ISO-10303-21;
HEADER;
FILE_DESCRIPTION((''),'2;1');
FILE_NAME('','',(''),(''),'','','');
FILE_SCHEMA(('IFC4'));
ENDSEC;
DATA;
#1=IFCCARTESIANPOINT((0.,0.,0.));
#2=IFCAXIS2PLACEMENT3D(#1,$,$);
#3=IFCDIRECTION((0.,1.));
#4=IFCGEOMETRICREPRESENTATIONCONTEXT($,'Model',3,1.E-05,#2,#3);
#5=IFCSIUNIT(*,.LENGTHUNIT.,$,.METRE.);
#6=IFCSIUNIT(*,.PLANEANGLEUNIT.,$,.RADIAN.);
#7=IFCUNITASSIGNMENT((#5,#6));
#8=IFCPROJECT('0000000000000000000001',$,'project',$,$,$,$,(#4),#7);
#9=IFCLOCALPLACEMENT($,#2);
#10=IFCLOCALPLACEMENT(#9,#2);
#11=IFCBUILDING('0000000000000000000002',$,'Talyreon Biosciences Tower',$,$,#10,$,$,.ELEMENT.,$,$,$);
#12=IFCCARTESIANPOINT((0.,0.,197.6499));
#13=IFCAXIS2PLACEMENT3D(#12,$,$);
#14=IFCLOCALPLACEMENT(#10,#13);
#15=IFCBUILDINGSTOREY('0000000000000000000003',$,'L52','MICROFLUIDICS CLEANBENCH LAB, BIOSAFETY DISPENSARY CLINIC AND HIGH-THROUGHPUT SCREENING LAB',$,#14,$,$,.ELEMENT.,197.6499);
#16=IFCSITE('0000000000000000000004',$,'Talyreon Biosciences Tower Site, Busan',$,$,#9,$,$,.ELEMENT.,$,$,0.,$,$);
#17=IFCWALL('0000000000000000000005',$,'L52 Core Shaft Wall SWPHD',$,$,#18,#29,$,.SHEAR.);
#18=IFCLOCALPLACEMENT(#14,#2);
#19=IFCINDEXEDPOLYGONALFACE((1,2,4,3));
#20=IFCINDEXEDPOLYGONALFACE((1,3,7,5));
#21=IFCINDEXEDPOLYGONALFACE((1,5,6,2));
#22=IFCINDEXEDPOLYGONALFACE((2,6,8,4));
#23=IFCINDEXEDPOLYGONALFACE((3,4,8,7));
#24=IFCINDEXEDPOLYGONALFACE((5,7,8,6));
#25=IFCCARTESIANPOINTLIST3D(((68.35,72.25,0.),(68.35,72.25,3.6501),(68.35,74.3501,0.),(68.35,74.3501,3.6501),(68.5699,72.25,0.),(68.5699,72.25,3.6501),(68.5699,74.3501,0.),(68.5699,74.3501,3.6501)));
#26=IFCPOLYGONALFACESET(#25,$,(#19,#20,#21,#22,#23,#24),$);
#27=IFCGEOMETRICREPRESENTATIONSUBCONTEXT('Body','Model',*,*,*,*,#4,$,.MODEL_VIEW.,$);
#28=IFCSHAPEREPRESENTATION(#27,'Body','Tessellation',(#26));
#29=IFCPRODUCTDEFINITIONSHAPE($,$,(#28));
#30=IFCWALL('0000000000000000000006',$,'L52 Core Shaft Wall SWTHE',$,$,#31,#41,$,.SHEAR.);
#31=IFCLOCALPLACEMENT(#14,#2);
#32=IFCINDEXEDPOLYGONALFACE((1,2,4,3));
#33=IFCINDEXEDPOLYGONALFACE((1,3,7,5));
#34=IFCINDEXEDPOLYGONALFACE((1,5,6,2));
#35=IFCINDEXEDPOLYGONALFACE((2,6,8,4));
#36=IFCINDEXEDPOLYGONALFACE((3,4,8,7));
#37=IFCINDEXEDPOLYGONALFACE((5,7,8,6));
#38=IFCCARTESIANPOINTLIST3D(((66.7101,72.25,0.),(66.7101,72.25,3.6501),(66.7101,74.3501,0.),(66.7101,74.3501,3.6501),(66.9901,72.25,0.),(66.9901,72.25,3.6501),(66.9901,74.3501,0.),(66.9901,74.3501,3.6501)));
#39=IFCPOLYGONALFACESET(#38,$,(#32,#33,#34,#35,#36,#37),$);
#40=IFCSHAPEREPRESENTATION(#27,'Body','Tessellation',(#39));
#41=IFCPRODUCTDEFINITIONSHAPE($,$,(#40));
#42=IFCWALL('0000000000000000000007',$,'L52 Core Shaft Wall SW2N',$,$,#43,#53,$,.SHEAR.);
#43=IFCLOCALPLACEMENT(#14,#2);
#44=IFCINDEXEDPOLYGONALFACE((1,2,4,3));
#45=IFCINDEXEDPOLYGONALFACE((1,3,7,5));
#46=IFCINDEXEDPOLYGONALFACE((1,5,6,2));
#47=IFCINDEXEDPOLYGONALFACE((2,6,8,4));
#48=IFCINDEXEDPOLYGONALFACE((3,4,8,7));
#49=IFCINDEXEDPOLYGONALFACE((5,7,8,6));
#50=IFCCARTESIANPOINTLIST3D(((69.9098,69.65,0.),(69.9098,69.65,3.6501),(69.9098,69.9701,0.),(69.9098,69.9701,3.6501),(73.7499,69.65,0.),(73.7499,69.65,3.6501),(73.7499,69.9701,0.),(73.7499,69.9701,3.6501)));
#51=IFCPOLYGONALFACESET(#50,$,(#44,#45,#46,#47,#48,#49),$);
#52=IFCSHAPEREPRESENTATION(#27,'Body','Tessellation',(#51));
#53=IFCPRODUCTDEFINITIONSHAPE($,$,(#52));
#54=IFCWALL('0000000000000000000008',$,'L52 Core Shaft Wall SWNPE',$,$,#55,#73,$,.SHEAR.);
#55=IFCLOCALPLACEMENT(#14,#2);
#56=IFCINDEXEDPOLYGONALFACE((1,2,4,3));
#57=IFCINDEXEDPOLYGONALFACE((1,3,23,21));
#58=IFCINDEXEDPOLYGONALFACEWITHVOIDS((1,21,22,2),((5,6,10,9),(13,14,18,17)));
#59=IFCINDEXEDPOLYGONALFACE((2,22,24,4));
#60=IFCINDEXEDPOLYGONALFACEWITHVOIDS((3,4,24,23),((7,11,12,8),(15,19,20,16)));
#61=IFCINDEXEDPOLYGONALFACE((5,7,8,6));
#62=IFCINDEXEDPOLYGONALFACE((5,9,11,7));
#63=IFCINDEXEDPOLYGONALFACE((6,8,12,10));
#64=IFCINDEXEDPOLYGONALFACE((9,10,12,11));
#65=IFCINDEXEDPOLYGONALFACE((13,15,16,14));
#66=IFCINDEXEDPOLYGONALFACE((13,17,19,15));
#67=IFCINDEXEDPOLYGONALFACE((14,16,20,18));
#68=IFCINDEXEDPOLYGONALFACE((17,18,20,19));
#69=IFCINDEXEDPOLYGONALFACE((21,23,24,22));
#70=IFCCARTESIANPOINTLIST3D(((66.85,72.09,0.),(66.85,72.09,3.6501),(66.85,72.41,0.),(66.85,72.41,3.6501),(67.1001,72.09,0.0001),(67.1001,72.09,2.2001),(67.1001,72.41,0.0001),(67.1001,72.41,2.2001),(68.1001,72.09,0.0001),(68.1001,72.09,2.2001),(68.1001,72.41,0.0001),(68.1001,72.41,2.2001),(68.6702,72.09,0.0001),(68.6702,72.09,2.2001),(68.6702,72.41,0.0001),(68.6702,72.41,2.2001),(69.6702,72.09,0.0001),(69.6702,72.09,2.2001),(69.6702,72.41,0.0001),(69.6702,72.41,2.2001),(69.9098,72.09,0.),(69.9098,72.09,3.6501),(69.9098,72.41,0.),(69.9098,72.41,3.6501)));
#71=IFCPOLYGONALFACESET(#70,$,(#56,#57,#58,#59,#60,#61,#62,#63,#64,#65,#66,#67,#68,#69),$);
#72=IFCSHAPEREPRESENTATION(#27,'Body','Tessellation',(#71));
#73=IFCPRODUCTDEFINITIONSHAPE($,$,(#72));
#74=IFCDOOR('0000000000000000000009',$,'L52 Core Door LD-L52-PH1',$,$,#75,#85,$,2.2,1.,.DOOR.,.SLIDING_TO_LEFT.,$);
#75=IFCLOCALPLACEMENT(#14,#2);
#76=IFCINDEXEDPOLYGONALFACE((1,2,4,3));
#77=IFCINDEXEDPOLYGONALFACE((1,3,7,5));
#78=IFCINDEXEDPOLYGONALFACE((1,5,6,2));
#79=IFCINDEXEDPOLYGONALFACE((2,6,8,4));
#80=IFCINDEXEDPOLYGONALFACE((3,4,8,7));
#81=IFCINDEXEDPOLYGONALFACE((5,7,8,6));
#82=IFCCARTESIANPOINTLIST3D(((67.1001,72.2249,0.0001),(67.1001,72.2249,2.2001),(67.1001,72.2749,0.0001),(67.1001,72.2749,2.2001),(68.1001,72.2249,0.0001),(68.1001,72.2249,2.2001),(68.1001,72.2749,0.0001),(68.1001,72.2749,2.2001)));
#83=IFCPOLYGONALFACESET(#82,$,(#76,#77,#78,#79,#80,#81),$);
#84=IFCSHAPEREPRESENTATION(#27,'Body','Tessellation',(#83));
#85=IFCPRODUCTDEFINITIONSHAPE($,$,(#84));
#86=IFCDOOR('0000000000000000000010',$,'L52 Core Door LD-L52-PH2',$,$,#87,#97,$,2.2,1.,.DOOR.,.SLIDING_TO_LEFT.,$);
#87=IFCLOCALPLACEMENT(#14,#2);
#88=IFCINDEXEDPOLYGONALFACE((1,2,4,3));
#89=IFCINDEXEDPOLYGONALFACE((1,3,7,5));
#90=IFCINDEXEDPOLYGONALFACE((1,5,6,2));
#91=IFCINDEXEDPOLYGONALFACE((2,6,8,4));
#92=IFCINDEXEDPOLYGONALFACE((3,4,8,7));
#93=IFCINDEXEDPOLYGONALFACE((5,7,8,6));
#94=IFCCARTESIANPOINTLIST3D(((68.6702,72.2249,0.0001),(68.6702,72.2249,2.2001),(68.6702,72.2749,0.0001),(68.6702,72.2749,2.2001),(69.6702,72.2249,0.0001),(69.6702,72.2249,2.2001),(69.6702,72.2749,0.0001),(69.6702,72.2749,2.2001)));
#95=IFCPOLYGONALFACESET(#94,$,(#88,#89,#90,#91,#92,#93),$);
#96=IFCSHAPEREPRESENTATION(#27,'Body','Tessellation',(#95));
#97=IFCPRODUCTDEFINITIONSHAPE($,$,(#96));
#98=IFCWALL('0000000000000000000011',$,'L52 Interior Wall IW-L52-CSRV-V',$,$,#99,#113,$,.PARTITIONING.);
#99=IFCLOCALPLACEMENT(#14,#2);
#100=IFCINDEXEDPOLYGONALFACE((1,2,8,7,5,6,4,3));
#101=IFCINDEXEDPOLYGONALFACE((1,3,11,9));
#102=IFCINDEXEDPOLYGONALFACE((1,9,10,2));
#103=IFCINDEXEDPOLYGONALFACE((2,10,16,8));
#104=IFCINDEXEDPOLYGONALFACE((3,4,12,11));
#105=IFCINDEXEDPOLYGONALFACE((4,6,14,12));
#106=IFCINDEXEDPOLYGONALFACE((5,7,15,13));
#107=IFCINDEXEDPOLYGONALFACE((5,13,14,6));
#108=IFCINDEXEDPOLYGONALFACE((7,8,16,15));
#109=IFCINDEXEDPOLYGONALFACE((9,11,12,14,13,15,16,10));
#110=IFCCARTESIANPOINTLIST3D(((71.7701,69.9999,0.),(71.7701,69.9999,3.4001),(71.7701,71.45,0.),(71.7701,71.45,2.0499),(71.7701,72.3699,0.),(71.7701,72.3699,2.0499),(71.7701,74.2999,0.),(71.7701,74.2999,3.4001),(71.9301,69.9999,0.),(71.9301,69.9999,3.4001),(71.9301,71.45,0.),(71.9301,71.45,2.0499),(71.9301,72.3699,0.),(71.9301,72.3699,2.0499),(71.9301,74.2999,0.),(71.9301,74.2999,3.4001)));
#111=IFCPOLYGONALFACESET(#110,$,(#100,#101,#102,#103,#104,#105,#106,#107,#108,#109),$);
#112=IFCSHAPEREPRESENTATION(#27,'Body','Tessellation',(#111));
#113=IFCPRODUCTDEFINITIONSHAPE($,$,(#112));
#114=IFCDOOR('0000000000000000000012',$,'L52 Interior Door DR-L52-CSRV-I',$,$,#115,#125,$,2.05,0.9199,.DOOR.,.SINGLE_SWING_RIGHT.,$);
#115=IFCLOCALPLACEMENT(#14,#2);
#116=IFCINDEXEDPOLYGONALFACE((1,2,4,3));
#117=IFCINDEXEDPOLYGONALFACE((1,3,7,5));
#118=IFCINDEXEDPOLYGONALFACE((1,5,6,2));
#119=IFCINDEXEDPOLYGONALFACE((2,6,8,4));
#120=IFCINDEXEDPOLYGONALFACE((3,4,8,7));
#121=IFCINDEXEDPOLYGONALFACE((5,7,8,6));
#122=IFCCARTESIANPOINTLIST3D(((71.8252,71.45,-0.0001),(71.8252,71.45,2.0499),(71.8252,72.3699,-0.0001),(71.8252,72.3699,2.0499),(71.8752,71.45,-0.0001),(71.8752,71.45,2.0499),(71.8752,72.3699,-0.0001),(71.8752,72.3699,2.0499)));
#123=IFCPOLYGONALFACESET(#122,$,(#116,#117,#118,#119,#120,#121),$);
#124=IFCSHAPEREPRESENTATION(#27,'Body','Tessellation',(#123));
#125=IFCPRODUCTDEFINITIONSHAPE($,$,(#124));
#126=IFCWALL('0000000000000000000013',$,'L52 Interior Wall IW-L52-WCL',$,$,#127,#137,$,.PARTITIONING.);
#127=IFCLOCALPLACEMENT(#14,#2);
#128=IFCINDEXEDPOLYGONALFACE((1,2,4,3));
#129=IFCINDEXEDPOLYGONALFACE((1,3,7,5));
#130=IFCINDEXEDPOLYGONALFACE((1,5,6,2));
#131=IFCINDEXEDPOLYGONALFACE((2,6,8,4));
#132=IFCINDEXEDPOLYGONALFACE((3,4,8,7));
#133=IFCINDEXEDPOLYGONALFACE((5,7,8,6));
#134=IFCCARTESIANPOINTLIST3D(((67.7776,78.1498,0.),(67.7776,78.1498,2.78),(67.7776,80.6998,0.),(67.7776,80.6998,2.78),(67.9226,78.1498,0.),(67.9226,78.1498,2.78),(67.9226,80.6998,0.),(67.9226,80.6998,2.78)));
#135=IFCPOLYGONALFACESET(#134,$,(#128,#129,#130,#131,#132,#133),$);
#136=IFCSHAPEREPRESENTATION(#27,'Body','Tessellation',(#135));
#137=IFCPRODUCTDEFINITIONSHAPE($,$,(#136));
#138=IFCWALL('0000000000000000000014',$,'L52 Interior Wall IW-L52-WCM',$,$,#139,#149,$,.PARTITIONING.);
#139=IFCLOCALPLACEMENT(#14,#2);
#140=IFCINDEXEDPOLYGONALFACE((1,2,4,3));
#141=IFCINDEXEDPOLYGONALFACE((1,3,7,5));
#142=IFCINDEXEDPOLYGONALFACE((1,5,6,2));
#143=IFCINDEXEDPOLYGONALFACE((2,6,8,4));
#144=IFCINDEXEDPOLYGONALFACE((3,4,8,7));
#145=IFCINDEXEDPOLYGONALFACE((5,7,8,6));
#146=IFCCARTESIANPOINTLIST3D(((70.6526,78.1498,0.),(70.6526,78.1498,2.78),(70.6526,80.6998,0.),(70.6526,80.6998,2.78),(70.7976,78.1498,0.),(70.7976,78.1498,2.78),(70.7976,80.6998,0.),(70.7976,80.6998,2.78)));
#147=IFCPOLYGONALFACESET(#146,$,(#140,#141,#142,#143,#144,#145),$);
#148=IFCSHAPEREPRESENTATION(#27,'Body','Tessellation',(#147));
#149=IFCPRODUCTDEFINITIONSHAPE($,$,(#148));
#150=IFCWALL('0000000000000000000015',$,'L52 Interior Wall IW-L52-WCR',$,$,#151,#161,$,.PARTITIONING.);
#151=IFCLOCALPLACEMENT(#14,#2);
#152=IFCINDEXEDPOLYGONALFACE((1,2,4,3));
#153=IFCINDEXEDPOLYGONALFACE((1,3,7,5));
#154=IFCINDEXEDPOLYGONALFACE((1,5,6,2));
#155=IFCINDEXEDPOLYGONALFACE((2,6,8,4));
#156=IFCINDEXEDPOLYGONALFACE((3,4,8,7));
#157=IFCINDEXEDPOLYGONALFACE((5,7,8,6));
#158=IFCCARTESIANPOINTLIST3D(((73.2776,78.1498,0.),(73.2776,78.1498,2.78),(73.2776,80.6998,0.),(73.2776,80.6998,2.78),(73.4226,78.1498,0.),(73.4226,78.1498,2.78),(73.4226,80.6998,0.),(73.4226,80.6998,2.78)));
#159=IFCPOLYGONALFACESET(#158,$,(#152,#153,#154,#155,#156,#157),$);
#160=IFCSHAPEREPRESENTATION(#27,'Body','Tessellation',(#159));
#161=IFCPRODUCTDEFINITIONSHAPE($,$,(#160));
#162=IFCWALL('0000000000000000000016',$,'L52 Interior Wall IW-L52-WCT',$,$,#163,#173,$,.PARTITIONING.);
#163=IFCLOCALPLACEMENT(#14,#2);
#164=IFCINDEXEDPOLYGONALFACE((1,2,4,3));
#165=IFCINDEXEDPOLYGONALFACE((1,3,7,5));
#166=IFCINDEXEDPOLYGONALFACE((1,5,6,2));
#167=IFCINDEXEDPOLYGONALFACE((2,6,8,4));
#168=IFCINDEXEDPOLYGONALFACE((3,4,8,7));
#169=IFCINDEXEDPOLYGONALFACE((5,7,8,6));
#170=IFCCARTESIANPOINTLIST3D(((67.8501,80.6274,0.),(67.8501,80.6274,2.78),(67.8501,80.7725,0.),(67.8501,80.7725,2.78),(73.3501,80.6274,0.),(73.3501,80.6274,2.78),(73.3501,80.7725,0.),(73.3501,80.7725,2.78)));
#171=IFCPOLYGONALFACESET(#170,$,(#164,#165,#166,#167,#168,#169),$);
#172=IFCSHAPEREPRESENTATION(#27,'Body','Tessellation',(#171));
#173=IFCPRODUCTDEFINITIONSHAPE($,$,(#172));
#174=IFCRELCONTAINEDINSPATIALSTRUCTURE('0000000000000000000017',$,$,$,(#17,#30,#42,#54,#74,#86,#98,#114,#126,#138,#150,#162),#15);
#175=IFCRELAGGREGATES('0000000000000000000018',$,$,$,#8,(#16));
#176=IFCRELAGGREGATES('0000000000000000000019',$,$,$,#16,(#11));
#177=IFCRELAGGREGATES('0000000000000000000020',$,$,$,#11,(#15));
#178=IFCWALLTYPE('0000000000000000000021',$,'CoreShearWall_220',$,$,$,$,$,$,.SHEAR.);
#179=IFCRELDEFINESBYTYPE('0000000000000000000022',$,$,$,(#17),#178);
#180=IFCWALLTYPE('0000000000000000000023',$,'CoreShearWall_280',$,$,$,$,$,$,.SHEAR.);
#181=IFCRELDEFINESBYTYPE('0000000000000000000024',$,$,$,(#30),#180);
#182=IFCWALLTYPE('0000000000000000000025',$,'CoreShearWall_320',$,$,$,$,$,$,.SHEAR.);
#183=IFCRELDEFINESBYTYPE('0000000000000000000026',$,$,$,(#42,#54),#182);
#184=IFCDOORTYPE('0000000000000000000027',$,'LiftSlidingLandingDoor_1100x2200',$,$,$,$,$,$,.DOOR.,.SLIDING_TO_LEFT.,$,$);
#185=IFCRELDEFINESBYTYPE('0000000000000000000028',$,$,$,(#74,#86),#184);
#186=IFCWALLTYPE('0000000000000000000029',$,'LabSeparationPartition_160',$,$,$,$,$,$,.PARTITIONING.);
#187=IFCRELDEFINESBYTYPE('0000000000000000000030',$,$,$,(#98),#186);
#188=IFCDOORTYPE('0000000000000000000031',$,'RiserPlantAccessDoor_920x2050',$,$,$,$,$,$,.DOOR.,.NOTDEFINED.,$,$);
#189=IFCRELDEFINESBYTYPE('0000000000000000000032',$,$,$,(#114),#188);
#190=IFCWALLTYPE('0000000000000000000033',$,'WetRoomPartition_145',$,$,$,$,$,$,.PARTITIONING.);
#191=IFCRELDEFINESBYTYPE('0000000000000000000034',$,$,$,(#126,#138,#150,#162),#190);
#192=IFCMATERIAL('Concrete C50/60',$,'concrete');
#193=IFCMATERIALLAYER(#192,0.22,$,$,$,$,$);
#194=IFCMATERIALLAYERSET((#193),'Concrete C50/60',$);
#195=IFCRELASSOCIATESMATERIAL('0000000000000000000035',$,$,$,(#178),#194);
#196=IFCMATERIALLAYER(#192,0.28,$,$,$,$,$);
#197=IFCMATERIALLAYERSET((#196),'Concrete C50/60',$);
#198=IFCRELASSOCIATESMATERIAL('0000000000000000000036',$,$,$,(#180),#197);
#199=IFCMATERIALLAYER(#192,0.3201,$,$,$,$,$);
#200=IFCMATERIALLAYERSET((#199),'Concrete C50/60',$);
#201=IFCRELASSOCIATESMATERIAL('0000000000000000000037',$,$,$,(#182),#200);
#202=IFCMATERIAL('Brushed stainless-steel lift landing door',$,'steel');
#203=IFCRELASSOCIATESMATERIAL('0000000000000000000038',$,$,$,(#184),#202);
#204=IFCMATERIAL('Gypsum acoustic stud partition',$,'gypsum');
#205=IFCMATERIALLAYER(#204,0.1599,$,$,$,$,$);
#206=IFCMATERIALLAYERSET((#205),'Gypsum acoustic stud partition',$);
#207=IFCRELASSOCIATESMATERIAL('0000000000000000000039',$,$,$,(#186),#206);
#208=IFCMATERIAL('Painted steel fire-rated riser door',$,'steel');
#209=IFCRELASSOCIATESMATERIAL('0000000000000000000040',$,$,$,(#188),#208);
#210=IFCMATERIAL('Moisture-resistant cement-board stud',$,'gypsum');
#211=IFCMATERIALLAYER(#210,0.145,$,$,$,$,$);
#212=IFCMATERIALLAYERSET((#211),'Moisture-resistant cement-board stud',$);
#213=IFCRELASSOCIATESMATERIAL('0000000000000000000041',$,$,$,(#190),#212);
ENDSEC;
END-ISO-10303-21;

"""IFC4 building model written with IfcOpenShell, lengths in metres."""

from ifc_helpers import new_model, si_unit, direction, frame, frame_2d, origin, place, context, subcontext, project, spatial, rectangle, extrude, material, layer, layer_set, type_object, element, fill, save


model = new_model("IFC4")

# Units and contexts
model_context = context("Model", 3, precision=1e-05, world=origin(), true_north=direction((0.0, 1.0)))
body_context = subcontext(model_context, "Body", "Model", "MODEL_VIEW")
ifc_project = project(units=[si_unit("LENGTHUNIT", "METRE"), si_unit("PLANEANGLEUNIT", "RADIAN")], contexts=[model_context])

# Site, building, storey
site_placement = place(None, origin())
site = spatial("IfcSite", under=ifc_project, at=site_placement, Name="Talyreon Biosciences Tower Site, Busan", CompositionType="ELEMENT", RefElevation=0.0)
building_placement = place(site_placement, origin())
building = spatial("IfcBuilding", under=site, at=building_placement, Name="Talyreon Biosciences Tower", CompositionType="ELEMENT")
storey_placement = place(building_placement, frame((0.0, 0.0, 197.6499)))
storey = spatial("IfcBuildingStorey", under=building, at=storey_placement, Name="L52", Description="MICROFLUIDICS CLEANBENCH LAB, BIOSAFETY DISPENSARY CLINIC AND HIGH-THROUGHPUT SCREENING LAB", CompositionType="ELEMENT", Elevation=197.6499)

# Shared definitions
ifc_material_1 = material(Name="Concrete C50/60", Category="concrete")

# Walls
ifc_layer_1 = layer(ifc_material_1, 0.22)
ifc_layer_set_1 = layer_set([ifc_layer_1], Name="Concrete C50/60")
wall_type_1 = type_object("IfcWallType", Name="CoreShearWall_220", PredefinedType="SHEAR", material=ifc_layer_set_1)
wall_1_placement = place(storey_placement, frame((68.46, 72.25, 0.0), z_axis=(0.0, 0.0, 1.0), x_axis=(0.0, 1.0, 0.0)))
element("IfcWall", 1, at=wall_1_placement, inside=storey, type_object=wall_type_1, Name="L52 Core Shaft Wall SWPHD", PredefinedType="SHEAR", context=body_context, shape_type="SweptSolid", body=[
    extrude(rectangle(XDim=2.1001, YDim=0.22, at=frame_2d((1.05, 0.0))), origin(), (0.0, 0.0, 1.0), 3.6501),
])
ifc_layer_2 = layer(ifc_material_1, 0.28)
ifc_layer_set_2 = layer_set([ifc_layer_2], Name="Concrete C50/60")
wall_type_2 = type_object("IfcWallType", Name="CoreShearWall_280", PredefinedType="SHEAR", material=ifc_layer_set_2)
wall_2_placement = place(storey_placement, frame((66.8501, 72.25, 0.0), z_axis=(0.0, 0.0, 1.0), x_axis=(0.0, 1.0, 0.0)))
element("IfcWall", 2, at=wall_2_placement, inside=storey, type_object=wall_type_2, Name="L52 Core Shaft Wall SWTHE", PredefinedType="SHEAR", context=body_context, shape_type="SweptSolid", body=[
    extrude(rectangle(XDim=2.1001, YDim=0.28, at=frame_2d((1.05, 0.0))), origin(), (0.0, 0.0, 1.0), 3.6501),
])
ifc_layer_3 = layer(ifc_material_1, 0.3201)
ifc_layer_set_3 = layer_set([ifc_layer_3], Name="Concrete C50/60")
wall_type_3 = type_object("IfcWallType", Name="CoreShearWall_320", PredefinedType="SHEAR", material=ifc_layer_set_3)
wall_3_placement = place(storey_placement, frame((69.9099, 69.8101, 0.0), z_axis=(0.0, 0.0, 1.0), x_axis=(1.0, 0.0, 0.0)))
element("IfcWall", 3, at=wall_3_placement, inside=storey, type_object=wall_type_3, Name="L52 Core Shaft Wall SW2N", PredefinedType="SHEAR", context=body_context, shape_type="SweptSolid", body=[
    extrude(rectangle(XDim=3.8401, YDim=0.3201, at=frame_2d((1.9199, 0.0))), origin(), (0.0, 0.0, 1.0), 3.6501),
])

# Wall, openings, doors
wall_4_placement = place(storey_placement, frame((66.8501, 72.25, 0.0), z_axis=(0.0, 0.0, 1.0), x_axis=(1.0, 0.0, 0.0)))
wall_4 = element("IfcWall", 4, at=wall_4_placement, inside=storey, type_object=wall_type_3, Name="L52 Core Shaft Wall SWNPE", PredefinedType="SHEAR", context=body_context, shape_type="SweptSolid", body=[
    extrude(rectangle(XDim=3.0598, YDim=0.3201, at=frame_2d((1.5298, 0.0))), origin(), (0.0, 0.0, 1.0), 3.6501),
])
opening_1_placement = place(wall_4_placement, frame((0.25, 0.0, 0.0)))
opening_1 = element("IfcOpeningElement", 5, at=opening_1_placement, cuts=wall_4, PredefinedType="OPENING", context=body_context, shape_type="SweptSolid", body=[
    extrude(rectangle(XDim=1.0, YDim=2.2, at=frame_2d((0.5, 1.1001))), frame((0.0, 0.1699, 0.0), z_axis=(0.0, -1.0, 0.0), x_axis=(1.0, 0.0, 0.0)), (0.0, 0.0, 1.0), 0.3401),
])
opening_2_placement = place(wall_4_placement, frame((1.8201, 0.0, 0.0)))
opening_2 = element("IfcOpeningElement", 6, at=opening_2_placement, cuts=wall_4, PredefinedType="OPENING", context=body_context, shape_type="SweptSolid", body=[
    extrude(rectangle(XDim=1.0, YDim=2.2, at=frame_2d((0.5, 1.1001))), frame((0.0, 0.1699, 0.0), z_axis=(0.0, -1.0, 0.0), x_axis=(1.0, 0.0, 0.0)), (0.0, 0.0, 1.0), 0.3401),
])
ifc_material_2 = material(Name="Brushed stainless-steel lift landing door", Category="steel")
door_type_1 = type_object("IfcDoorType", Name="LiftSlidingLandingDoor_1100x2200", OperationType="SLIDING_TO_LEFT", PredefinedType="DOOR", material=ifc_material_2)
door_1_placement = place(opening_1_placement, origin())
door_1 = element("IfcDoor", 7, at=door_1_placement, inside=storey, type_object=door_type_1, Name="L52 Core Door LD-L52-PH1", OperationType="SLIDING_TO_LEFT", OverallHeight=2.2, OverallWidth=1.0, PredefinedType="DOOR", context=body_context, shape_type="SweptSolid", body=[
    extrude(rectangle(XDim=1.0, YDim=2.2, at=frame_2d((0.5, 1.1001))), frame((0.0, 0.0249, 0.0), z_axis=(0.0, -1.0, 0.0), x_axis=(1.0, 0.0, 0.0)), (0.0, 0.0, 1.0), 0.05),
])
fill(opening_1, door_1)
door_2_placement = place(opening_2_placement, origin())
door_2 = element("IfcDoor", 8, at=door_2_placement, inside=storey, type_object=door_type_1, Name="L52 Core Door LD-L52-PH2", OperationType="SLIDING_TO_LEFT", OverallHeight=2.2, OverallWidth=1.0, PredefinedType="DOOR", context=body_context, shape_type="SweptSolid", body=[
    extrude(rectangle(XDim=1.0, YDim=2.2, at=frame_2d((0.5, 1.1001))), frame((0.0, 0.0249, 0.0), z_axis=(0.0, -1.0, 0.0), x_axis=(1.0, 0.0, 0.0)), (0.0, 0.0, 1.0), 0.05),
])
fill(opening_2, door_2)

# Wall, opening, door
ifc_material_3 = material(Name="Gypsum acoustic stud partition", Category="gypsum")
ifc_layer_4 = layer(ifc_material_3, 0.1599)
ifc_layer_set_4 = layer_set([ifc_layer_4], Name="Gypsum acoustic stud partition")
wall_type_4 = type_object("IfcWallType", Name="LabSeparationPartition_160", PredefinedType="PARTITIONING", material=ifc_layer_set_4)
wall_5_placement = place(storey_placement, frame((71.8501, 70.0, 0.0), z_axis=(0.0, 0.0, 1.0), x_axis=(0.0, 1.0, 0.0)))
wall_5 = element("IfcWall", 9, at=wall_5_placement, inside=storey, type_object=wall_type_4, Name="L52 Interior Wall IW-L52-CSRV-V", PredefinedType="PARTITIONING", context=body_context, shape_type="SweptSolid", body=[
    extrude(rectangle(XDim=4.3, YDim=0.1599, at=frame_2d((2.1499, 0.0))), origin(), (0.0, 0.0, 1.0), 3.4001),
])
opening_3_placement = place(wall_5_placement, frame((1.45, 0.0, 0.0)))
opening_3 = element("IfcOpeningElement", 10, at=opening_3_placement, cuts=wall_5, PredefinedType="OPENING", context=body_context, shape_type="SweptSolid", body=[
    extrude(rectangle(XDim=0.9199, YDim=2.05, at=frame_2d((0.46, 1.0249))), frame((0.0, 0.0898, 0.0), z_axis=(0.0, -1.0, 0.0), x_axis=(1.0, 0.0, 0.0)), (0.0, 0.0, 1.0), 0.1799),
])
ifc_material_4 = material(Name="Painted steel fire-rated riser door", Category="steel")
door_type_2 = type_object("IfcDoorType", Name="RiserPlantAccessDoor_920x2050", OperationType="NOTDEFINED", PredefinedType="DOOR", material=ifc_material_4)
door_3_placement = place(opening_3_placement, origin())
door_3 = element("IfcDoor", 11, at=door_3_placement, inside=storey, type_object=door_type_2, Name="L52 Interior Door DR-L52-CSRV-I", OperationType="SINGLE_SWING_RIGHT", OverallHeight=2.05, OverallWidth=0.9199, PredefinedType="DOOR", context=body_context, shape_type="SweptSolid", body=[
    extrude(rectangle(XDim=0.9199, YDim=2.05, at=frame_2d((0.46, 1.0249))), frame((0.0, 0.0249, 0.0), z_axis=(0.0, -1.0, 0.0), x_axis=(1.0, 0.0, 0.0)), (0.0, 0.0, 1.0), 0.05),
])
fill(opening_3, door_3)

# Walls
ifc_material_5 = material(Name="Moisture-resistant cement-board stud", Category="gypsum")
ifc_layer_5 = layer(ifc_material_5, 0.145)
ifc_layer_set_5 = layer_set([ifc_layer_5], Name="Moisture-resistant cement-board stud")
wall_type_5 = type_object("IfcWallType", Name="WetRoomPartition_145", PredefinedType="PARTITIONING", material=ifc_layer_set_5)
for number, where, z_axis, x_axis, name in (
    (12, (67.8501, 78.1499, 0.0), (0.0, 0.0, 1.0), (0.0, 1.0, 0.0), "L52 Interior Wall IW-L52-WCL"),
    (13, (70.7251, 78.1499, 0.0), (0.0, 0.0, 1.0), (0.0, 1.0, 0.0), "L52 Interior Wall IW-L52-WCM"),
    (14, (73.3501, 78.1499, 0.0), (0.0, 0.0, 1.0), (0.0, 1.0, 0.0), "L52 Interior Wall IW-L52-WCR"),
):
    element("IfcWall", number, at=place(storey_placement, frame(where, z_axis=z_axis, x_axis=x_axis)), inside=storey, type_object=wall_type_5, Name=name, PredefinedType="PARTITIONING", context=body_context, shape_type="SweptSolid", body=[
        extrude(rectangle(XDim=2.55, YDim=0.145, at=frame_2d((1.2749, 0.0))), origin(), (0.0, 0.0, 1.0), 2.78),
    ])
wall_6_placement = place(storey_placement, frame((67.8501, 80.7, 0.0), z_axis=(0.0, 0.0, 1.0), x_axis=(1.0, 0.0, 0.0)))
element("IfcWall", 15, at=wall_6_placement, inside=storey, type_object=wall_type_5, Name="L52 Interior Wall IW-L52-WCT", PredefinedType="PARTITIONING", context=body_context, shape_type="SweptSolid", body=[
    extrude(rectangle(XDim=5.5, YDim=0.145, at=frame_2d((2.75, 0.0))), origin(), (0.0, 0.0, 1.0), 2.78),
])

save(model, "model.ifc")
